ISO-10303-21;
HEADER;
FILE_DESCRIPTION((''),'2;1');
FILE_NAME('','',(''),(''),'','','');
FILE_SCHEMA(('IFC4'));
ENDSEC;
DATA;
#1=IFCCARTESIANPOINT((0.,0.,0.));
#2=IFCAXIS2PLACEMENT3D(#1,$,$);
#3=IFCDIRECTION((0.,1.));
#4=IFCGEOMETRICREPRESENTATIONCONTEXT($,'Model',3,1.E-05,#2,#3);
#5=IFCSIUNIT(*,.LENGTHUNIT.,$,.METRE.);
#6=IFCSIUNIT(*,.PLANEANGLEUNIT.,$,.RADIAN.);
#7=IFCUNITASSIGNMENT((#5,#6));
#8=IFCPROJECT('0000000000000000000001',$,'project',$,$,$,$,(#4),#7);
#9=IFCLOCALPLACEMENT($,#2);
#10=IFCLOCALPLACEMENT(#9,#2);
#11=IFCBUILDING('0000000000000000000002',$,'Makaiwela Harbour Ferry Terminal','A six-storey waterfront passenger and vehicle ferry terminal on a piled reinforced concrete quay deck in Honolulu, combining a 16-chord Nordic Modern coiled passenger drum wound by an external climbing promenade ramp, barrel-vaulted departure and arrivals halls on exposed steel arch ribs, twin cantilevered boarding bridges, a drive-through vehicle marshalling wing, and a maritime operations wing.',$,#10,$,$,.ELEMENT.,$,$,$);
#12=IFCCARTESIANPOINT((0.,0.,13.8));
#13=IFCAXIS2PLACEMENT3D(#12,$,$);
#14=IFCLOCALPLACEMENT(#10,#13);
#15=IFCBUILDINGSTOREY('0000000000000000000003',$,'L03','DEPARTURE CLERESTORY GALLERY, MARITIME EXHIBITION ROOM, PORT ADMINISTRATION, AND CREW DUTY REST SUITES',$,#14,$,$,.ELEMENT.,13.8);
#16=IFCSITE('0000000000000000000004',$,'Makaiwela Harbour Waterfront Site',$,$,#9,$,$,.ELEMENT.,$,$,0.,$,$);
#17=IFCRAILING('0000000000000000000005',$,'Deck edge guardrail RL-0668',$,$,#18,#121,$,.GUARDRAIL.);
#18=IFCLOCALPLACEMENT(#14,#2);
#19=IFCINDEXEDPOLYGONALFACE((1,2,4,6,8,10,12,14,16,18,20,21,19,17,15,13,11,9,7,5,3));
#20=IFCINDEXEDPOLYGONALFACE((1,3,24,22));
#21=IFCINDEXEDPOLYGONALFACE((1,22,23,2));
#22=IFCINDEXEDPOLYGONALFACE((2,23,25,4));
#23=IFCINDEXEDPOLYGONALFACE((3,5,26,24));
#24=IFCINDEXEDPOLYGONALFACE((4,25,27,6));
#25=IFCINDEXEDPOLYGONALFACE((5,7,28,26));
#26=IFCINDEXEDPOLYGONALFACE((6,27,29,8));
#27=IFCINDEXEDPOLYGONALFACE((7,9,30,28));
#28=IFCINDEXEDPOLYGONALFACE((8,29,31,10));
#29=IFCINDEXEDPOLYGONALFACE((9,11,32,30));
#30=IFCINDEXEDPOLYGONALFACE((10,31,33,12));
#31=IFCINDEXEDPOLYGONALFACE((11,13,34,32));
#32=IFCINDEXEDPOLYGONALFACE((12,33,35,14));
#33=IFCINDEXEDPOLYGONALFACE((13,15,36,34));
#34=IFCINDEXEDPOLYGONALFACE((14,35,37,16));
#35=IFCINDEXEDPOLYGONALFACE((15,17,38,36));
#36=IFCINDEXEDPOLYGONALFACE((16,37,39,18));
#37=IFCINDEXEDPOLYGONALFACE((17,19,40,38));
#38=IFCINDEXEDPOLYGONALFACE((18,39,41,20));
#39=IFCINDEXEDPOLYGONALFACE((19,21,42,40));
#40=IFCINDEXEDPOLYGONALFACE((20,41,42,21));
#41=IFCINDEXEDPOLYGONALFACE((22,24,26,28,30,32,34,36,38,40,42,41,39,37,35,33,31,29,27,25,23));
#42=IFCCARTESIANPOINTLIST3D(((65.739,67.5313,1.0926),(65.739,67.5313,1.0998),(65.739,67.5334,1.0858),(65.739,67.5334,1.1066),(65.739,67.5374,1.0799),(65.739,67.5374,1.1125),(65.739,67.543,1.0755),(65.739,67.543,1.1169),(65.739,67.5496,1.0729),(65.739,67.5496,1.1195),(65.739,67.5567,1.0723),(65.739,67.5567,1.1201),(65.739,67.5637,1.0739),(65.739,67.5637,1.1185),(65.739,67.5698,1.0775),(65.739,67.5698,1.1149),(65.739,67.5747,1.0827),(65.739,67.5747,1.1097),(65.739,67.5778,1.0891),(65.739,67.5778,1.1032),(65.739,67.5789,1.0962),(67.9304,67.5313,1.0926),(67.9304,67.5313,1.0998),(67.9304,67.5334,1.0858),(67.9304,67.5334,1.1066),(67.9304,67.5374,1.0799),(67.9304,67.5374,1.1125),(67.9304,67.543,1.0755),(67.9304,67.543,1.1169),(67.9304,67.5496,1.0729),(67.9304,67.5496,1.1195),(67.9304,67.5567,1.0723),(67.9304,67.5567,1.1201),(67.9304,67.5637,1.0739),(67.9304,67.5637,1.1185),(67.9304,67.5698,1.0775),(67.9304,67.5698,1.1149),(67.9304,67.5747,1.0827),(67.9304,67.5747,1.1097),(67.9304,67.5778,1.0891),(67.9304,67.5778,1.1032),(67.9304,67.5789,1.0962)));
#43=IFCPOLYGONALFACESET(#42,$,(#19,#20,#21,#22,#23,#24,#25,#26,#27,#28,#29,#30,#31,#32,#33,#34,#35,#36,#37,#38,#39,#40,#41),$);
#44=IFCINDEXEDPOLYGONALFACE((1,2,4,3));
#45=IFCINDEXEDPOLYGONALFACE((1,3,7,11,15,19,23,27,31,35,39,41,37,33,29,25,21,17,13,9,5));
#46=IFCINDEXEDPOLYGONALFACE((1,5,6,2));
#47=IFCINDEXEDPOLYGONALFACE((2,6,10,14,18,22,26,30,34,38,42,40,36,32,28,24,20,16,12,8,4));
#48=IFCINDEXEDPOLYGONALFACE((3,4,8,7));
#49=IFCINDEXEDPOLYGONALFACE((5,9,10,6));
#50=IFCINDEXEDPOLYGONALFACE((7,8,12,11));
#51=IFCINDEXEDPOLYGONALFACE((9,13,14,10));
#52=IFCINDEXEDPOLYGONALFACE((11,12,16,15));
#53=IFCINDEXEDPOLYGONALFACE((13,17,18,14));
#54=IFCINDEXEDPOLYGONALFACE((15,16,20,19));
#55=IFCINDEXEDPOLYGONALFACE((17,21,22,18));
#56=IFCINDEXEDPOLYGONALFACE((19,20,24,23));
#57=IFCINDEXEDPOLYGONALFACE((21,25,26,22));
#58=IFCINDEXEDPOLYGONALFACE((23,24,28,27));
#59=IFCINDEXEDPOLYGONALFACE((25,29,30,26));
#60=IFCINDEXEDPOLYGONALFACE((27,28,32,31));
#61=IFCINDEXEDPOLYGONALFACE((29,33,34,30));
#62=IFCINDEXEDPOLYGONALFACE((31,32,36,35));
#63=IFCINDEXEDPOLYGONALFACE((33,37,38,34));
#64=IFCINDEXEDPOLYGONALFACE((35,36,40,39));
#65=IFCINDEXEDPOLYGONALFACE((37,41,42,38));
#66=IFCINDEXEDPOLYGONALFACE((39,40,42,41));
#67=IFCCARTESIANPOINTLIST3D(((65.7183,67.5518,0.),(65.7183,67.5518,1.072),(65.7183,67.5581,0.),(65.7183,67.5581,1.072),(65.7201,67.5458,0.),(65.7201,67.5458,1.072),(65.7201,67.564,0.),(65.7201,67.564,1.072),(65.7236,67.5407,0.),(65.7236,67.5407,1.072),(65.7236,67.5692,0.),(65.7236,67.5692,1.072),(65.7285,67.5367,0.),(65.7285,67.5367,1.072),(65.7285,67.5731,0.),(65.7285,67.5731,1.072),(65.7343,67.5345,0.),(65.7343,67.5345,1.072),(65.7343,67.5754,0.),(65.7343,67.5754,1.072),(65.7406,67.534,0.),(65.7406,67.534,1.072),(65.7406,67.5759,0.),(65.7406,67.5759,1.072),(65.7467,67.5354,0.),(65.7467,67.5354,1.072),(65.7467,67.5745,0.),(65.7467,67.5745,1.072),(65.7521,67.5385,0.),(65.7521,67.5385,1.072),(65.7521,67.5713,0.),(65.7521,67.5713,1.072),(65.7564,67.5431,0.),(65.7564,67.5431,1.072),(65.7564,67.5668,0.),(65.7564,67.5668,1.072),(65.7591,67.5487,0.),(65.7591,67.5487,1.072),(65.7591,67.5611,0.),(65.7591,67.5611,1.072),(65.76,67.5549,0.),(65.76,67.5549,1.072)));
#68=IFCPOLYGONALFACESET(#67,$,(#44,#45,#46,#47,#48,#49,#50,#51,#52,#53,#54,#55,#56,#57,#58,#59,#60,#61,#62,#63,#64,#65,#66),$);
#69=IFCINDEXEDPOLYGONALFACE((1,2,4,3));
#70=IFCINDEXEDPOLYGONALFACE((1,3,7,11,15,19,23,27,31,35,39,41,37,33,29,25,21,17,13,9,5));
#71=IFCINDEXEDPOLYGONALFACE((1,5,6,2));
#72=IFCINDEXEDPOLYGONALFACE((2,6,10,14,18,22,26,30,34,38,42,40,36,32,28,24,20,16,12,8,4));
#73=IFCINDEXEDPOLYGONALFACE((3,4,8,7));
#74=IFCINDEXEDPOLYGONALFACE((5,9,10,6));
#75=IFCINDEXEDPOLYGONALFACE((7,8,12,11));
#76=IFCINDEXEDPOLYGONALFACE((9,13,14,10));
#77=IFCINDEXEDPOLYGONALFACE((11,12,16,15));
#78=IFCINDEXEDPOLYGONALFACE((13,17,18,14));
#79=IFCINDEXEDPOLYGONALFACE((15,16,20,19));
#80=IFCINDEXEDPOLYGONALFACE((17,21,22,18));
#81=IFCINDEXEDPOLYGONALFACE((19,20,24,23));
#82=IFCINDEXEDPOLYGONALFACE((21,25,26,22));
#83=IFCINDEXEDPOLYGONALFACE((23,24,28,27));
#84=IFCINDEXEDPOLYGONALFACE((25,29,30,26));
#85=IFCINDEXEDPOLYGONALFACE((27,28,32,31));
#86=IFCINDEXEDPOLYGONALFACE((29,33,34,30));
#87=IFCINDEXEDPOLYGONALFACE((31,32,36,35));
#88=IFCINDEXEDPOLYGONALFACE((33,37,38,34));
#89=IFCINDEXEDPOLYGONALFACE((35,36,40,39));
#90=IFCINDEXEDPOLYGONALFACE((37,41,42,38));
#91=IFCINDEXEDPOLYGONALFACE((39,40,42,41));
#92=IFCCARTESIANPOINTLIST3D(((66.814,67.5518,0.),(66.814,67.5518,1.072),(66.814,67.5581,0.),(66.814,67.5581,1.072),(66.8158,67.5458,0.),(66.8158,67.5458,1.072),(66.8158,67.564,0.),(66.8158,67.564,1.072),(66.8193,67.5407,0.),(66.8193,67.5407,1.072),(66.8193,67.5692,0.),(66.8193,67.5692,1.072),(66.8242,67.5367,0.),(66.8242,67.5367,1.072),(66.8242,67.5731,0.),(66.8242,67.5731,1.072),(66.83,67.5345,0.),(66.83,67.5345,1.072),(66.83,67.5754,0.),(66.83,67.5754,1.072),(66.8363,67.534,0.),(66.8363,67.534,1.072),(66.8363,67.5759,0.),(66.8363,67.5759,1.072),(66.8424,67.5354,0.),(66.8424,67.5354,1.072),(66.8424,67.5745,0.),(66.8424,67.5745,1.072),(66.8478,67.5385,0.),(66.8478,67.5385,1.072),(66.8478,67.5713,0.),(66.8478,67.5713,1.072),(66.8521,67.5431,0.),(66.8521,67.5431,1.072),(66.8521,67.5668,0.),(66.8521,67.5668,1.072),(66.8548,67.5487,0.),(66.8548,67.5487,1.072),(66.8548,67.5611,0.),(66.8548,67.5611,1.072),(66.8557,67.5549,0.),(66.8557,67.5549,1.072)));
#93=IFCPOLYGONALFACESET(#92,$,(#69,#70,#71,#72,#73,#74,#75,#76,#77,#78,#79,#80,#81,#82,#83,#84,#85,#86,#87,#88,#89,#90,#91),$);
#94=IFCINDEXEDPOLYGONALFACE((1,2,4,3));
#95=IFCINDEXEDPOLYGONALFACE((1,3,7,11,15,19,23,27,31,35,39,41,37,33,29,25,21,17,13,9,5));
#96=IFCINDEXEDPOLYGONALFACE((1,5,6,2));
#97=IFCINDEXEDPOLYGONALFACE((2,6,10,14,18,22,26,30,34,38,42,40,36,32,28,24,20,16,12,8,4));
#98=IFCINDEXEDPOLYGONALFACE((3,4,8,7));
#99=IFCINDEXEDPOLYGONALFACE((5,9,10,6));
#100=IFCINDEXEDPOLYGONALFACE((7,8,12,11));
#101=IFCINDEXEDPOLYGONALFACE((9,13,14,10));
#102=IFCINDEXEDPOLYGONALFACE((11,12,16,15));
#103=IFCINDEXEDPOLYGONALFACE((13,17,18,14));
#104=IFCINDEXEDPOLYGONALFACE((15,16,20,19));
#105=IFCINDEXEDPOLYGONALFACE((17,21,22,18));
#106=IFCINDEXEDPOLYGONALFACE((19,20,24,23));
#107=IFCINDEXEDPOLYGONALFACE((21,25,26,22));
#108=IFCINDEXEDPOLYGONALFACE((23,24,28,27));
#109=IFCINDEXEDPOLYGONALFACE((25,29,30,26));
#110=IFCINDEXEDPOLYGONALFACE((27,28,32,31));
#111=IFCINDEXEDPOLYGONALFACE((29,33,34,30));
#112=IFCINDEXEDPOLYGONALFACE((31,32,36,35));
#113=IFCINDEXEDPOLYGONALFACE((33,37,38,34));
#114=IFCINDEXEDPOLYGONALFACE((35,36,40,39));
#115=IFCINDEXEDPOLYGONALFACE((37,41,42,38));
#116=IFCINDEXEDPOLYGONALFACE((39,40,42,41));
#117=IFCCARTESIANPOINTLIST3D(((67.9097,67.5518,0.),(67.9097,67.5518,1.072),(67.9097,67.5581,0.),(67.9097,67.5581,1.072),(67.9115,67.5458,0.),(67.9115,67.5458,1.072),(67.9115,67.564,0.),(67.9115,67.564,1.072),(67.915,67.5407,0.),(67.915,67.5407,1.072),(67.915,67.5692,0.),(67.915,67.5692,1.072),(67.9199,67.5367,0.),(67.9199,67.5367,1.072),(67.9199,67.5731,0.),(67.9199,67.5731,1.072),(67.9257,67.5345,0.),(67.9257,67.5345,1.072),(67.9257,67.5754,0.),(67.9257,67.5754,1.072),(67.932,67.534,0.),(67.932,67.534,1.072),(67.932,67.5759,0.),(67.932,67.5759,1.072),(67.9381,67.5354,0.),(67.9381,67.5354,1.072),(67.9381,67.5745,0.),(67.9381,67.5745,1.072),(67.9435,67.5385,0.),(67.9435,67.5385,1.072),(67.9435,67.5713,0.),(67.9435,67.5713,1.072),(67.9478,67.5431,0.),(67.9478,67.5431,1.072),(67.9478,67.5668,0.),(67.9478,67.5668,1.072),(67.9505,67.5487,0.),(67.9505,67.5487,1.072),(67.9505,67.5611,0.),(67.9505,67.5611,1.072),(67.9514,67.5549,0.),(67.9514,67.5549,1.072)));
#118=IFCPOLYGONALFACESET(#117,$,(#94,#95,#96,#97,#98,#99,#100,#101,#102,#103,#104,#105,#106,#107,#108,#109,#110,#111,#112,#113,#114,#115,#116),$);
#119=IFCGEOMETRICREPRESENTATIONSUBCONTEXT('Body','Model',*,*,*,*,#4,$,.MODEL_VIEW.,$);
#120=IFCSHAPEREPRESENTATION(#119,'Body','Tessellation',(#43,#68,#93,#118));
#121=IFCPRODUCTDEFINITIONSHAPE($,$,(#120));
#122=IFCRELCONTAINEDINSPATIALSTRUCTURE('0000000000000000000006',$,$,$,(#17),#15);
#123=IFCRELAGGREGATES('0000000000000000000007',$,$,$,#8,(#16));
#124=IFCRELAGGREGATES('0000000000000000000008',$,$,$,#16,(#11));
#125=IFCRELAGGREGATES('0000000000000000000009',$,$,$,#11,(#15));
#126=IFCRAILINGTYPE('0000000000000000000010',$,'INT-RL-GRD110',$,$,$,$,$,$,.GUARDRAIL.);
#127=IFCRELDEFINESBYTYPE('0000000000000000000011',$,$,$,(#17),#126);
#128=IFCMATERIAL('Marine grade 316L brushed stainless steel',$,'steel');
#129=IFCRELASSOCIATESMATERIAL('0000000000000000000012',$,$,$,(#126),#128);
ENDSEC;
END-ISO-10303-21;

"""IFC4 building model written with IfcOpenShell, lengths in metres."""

from ifc_helpers import new_model, si_unit, direction, frame, origin, origin_2d, place, context, subcontext, project, spatial, circle, extrude, material, type_object, element, save


model = new_model("IFC4")

# Units and contexts
model_context = context("Model", 3, precision=1e-05, world=origin(), true_north=direction((0.0, 1.0)))
body_context = subcontext(model_context, "Body", "Model", "MODEL_VIEW")
ifc_project = project(units=[si_unit("LENGTHUNIT", "METRE"), si_unit("PLANEANGLEUNIT", "RADIAN")], contexts=[model_context])

# Site, building, storey
site_placement = place(None, origin())
site = spatial("IfcSite", under=ifc_project, at=site_placement, Name="Makaiwela Harbour Waterfront Site", CompositionType="ELEMENT", RefElevation=0.0)
building_placement = place(site_placement, origin())
building = spatial("IfcBuilding", under=site, at=building_placement, Name="Makaiwela Harbour Ferry Terminal", Description="A six-storey waterfront passenger and vehicle ferry terminal on a piled reinforced concrete quay deck in Honolulu, combining a 16-chord Nordic Modern coiled passenger drum wound by an external climbing promenade ramp, barrel-vaulted departure and arrivals halls on exposed steel arch ribs, twin cantilevered boarding bridges, a drive-through vehicle marshalling wing, and a maritime operations wing.", CompositionType="ELEMENT")
storey_placement = place(building_placement, frame((0.0, 0.0, 13.8)))
storey = spatial("IfcBuildingStorey", under=building, at=storey_placement, Name="L03", Description="DEPARTURE CLERESTORY GALLERY, MARITIME EXHIBITION ROOM, PORT ADMINISTRATION, AND CREW DUTY REST SUITES", CompositionType="ELEMENT", Elevation=13.8)

# Railing
ifc_material_1 = material(Name="Marine grade 316L brushed stainless steel", Category="steel")
railing_type = type_object("IfcRailingType", Name="INT-RL-GRD110", PredefinedType="GUARDRAIL", material=ifc_material_1)
railing_1_placement = place(storey_placement, frame((65.739, 67.5549, 0.0)))
element("IfcRailing", 1, at=railing_1_placement, inside=storey, type_object=railing_type, Name="Deck edge guardrail RL-0668", PredefinedType="GUARDRAIL", context=body_context, shape_type="SweptSolid", body=[
    extrude(circle(Radius=0.0239, at=origin_2d()), frame((0.0, 0.0, 1.0962), z_axis=(1.0, 0.0, 0.0), x_axis=(0.0, 1.0, 0.0)), (0.0, 0.0, 1.0), 2.1914),
    extrude(circle(Radius=0.021, at=origin_2d()), origin(), (0.0, 0.0, 1.0), 1.072),
    extrude(circle(Radius=0.021, at=origin_2d()), frame((1.0957, 0.0, 0.0)), (0.0, 0.0, 1.0), 1.072),
    extrude(circle(Radius=0.021, at=origin_2d()), frame((2.1914, 0.0, 0.0)), (0.0, 0.0, 1.0), 1.072),
])

save(model, "model.ifc")
